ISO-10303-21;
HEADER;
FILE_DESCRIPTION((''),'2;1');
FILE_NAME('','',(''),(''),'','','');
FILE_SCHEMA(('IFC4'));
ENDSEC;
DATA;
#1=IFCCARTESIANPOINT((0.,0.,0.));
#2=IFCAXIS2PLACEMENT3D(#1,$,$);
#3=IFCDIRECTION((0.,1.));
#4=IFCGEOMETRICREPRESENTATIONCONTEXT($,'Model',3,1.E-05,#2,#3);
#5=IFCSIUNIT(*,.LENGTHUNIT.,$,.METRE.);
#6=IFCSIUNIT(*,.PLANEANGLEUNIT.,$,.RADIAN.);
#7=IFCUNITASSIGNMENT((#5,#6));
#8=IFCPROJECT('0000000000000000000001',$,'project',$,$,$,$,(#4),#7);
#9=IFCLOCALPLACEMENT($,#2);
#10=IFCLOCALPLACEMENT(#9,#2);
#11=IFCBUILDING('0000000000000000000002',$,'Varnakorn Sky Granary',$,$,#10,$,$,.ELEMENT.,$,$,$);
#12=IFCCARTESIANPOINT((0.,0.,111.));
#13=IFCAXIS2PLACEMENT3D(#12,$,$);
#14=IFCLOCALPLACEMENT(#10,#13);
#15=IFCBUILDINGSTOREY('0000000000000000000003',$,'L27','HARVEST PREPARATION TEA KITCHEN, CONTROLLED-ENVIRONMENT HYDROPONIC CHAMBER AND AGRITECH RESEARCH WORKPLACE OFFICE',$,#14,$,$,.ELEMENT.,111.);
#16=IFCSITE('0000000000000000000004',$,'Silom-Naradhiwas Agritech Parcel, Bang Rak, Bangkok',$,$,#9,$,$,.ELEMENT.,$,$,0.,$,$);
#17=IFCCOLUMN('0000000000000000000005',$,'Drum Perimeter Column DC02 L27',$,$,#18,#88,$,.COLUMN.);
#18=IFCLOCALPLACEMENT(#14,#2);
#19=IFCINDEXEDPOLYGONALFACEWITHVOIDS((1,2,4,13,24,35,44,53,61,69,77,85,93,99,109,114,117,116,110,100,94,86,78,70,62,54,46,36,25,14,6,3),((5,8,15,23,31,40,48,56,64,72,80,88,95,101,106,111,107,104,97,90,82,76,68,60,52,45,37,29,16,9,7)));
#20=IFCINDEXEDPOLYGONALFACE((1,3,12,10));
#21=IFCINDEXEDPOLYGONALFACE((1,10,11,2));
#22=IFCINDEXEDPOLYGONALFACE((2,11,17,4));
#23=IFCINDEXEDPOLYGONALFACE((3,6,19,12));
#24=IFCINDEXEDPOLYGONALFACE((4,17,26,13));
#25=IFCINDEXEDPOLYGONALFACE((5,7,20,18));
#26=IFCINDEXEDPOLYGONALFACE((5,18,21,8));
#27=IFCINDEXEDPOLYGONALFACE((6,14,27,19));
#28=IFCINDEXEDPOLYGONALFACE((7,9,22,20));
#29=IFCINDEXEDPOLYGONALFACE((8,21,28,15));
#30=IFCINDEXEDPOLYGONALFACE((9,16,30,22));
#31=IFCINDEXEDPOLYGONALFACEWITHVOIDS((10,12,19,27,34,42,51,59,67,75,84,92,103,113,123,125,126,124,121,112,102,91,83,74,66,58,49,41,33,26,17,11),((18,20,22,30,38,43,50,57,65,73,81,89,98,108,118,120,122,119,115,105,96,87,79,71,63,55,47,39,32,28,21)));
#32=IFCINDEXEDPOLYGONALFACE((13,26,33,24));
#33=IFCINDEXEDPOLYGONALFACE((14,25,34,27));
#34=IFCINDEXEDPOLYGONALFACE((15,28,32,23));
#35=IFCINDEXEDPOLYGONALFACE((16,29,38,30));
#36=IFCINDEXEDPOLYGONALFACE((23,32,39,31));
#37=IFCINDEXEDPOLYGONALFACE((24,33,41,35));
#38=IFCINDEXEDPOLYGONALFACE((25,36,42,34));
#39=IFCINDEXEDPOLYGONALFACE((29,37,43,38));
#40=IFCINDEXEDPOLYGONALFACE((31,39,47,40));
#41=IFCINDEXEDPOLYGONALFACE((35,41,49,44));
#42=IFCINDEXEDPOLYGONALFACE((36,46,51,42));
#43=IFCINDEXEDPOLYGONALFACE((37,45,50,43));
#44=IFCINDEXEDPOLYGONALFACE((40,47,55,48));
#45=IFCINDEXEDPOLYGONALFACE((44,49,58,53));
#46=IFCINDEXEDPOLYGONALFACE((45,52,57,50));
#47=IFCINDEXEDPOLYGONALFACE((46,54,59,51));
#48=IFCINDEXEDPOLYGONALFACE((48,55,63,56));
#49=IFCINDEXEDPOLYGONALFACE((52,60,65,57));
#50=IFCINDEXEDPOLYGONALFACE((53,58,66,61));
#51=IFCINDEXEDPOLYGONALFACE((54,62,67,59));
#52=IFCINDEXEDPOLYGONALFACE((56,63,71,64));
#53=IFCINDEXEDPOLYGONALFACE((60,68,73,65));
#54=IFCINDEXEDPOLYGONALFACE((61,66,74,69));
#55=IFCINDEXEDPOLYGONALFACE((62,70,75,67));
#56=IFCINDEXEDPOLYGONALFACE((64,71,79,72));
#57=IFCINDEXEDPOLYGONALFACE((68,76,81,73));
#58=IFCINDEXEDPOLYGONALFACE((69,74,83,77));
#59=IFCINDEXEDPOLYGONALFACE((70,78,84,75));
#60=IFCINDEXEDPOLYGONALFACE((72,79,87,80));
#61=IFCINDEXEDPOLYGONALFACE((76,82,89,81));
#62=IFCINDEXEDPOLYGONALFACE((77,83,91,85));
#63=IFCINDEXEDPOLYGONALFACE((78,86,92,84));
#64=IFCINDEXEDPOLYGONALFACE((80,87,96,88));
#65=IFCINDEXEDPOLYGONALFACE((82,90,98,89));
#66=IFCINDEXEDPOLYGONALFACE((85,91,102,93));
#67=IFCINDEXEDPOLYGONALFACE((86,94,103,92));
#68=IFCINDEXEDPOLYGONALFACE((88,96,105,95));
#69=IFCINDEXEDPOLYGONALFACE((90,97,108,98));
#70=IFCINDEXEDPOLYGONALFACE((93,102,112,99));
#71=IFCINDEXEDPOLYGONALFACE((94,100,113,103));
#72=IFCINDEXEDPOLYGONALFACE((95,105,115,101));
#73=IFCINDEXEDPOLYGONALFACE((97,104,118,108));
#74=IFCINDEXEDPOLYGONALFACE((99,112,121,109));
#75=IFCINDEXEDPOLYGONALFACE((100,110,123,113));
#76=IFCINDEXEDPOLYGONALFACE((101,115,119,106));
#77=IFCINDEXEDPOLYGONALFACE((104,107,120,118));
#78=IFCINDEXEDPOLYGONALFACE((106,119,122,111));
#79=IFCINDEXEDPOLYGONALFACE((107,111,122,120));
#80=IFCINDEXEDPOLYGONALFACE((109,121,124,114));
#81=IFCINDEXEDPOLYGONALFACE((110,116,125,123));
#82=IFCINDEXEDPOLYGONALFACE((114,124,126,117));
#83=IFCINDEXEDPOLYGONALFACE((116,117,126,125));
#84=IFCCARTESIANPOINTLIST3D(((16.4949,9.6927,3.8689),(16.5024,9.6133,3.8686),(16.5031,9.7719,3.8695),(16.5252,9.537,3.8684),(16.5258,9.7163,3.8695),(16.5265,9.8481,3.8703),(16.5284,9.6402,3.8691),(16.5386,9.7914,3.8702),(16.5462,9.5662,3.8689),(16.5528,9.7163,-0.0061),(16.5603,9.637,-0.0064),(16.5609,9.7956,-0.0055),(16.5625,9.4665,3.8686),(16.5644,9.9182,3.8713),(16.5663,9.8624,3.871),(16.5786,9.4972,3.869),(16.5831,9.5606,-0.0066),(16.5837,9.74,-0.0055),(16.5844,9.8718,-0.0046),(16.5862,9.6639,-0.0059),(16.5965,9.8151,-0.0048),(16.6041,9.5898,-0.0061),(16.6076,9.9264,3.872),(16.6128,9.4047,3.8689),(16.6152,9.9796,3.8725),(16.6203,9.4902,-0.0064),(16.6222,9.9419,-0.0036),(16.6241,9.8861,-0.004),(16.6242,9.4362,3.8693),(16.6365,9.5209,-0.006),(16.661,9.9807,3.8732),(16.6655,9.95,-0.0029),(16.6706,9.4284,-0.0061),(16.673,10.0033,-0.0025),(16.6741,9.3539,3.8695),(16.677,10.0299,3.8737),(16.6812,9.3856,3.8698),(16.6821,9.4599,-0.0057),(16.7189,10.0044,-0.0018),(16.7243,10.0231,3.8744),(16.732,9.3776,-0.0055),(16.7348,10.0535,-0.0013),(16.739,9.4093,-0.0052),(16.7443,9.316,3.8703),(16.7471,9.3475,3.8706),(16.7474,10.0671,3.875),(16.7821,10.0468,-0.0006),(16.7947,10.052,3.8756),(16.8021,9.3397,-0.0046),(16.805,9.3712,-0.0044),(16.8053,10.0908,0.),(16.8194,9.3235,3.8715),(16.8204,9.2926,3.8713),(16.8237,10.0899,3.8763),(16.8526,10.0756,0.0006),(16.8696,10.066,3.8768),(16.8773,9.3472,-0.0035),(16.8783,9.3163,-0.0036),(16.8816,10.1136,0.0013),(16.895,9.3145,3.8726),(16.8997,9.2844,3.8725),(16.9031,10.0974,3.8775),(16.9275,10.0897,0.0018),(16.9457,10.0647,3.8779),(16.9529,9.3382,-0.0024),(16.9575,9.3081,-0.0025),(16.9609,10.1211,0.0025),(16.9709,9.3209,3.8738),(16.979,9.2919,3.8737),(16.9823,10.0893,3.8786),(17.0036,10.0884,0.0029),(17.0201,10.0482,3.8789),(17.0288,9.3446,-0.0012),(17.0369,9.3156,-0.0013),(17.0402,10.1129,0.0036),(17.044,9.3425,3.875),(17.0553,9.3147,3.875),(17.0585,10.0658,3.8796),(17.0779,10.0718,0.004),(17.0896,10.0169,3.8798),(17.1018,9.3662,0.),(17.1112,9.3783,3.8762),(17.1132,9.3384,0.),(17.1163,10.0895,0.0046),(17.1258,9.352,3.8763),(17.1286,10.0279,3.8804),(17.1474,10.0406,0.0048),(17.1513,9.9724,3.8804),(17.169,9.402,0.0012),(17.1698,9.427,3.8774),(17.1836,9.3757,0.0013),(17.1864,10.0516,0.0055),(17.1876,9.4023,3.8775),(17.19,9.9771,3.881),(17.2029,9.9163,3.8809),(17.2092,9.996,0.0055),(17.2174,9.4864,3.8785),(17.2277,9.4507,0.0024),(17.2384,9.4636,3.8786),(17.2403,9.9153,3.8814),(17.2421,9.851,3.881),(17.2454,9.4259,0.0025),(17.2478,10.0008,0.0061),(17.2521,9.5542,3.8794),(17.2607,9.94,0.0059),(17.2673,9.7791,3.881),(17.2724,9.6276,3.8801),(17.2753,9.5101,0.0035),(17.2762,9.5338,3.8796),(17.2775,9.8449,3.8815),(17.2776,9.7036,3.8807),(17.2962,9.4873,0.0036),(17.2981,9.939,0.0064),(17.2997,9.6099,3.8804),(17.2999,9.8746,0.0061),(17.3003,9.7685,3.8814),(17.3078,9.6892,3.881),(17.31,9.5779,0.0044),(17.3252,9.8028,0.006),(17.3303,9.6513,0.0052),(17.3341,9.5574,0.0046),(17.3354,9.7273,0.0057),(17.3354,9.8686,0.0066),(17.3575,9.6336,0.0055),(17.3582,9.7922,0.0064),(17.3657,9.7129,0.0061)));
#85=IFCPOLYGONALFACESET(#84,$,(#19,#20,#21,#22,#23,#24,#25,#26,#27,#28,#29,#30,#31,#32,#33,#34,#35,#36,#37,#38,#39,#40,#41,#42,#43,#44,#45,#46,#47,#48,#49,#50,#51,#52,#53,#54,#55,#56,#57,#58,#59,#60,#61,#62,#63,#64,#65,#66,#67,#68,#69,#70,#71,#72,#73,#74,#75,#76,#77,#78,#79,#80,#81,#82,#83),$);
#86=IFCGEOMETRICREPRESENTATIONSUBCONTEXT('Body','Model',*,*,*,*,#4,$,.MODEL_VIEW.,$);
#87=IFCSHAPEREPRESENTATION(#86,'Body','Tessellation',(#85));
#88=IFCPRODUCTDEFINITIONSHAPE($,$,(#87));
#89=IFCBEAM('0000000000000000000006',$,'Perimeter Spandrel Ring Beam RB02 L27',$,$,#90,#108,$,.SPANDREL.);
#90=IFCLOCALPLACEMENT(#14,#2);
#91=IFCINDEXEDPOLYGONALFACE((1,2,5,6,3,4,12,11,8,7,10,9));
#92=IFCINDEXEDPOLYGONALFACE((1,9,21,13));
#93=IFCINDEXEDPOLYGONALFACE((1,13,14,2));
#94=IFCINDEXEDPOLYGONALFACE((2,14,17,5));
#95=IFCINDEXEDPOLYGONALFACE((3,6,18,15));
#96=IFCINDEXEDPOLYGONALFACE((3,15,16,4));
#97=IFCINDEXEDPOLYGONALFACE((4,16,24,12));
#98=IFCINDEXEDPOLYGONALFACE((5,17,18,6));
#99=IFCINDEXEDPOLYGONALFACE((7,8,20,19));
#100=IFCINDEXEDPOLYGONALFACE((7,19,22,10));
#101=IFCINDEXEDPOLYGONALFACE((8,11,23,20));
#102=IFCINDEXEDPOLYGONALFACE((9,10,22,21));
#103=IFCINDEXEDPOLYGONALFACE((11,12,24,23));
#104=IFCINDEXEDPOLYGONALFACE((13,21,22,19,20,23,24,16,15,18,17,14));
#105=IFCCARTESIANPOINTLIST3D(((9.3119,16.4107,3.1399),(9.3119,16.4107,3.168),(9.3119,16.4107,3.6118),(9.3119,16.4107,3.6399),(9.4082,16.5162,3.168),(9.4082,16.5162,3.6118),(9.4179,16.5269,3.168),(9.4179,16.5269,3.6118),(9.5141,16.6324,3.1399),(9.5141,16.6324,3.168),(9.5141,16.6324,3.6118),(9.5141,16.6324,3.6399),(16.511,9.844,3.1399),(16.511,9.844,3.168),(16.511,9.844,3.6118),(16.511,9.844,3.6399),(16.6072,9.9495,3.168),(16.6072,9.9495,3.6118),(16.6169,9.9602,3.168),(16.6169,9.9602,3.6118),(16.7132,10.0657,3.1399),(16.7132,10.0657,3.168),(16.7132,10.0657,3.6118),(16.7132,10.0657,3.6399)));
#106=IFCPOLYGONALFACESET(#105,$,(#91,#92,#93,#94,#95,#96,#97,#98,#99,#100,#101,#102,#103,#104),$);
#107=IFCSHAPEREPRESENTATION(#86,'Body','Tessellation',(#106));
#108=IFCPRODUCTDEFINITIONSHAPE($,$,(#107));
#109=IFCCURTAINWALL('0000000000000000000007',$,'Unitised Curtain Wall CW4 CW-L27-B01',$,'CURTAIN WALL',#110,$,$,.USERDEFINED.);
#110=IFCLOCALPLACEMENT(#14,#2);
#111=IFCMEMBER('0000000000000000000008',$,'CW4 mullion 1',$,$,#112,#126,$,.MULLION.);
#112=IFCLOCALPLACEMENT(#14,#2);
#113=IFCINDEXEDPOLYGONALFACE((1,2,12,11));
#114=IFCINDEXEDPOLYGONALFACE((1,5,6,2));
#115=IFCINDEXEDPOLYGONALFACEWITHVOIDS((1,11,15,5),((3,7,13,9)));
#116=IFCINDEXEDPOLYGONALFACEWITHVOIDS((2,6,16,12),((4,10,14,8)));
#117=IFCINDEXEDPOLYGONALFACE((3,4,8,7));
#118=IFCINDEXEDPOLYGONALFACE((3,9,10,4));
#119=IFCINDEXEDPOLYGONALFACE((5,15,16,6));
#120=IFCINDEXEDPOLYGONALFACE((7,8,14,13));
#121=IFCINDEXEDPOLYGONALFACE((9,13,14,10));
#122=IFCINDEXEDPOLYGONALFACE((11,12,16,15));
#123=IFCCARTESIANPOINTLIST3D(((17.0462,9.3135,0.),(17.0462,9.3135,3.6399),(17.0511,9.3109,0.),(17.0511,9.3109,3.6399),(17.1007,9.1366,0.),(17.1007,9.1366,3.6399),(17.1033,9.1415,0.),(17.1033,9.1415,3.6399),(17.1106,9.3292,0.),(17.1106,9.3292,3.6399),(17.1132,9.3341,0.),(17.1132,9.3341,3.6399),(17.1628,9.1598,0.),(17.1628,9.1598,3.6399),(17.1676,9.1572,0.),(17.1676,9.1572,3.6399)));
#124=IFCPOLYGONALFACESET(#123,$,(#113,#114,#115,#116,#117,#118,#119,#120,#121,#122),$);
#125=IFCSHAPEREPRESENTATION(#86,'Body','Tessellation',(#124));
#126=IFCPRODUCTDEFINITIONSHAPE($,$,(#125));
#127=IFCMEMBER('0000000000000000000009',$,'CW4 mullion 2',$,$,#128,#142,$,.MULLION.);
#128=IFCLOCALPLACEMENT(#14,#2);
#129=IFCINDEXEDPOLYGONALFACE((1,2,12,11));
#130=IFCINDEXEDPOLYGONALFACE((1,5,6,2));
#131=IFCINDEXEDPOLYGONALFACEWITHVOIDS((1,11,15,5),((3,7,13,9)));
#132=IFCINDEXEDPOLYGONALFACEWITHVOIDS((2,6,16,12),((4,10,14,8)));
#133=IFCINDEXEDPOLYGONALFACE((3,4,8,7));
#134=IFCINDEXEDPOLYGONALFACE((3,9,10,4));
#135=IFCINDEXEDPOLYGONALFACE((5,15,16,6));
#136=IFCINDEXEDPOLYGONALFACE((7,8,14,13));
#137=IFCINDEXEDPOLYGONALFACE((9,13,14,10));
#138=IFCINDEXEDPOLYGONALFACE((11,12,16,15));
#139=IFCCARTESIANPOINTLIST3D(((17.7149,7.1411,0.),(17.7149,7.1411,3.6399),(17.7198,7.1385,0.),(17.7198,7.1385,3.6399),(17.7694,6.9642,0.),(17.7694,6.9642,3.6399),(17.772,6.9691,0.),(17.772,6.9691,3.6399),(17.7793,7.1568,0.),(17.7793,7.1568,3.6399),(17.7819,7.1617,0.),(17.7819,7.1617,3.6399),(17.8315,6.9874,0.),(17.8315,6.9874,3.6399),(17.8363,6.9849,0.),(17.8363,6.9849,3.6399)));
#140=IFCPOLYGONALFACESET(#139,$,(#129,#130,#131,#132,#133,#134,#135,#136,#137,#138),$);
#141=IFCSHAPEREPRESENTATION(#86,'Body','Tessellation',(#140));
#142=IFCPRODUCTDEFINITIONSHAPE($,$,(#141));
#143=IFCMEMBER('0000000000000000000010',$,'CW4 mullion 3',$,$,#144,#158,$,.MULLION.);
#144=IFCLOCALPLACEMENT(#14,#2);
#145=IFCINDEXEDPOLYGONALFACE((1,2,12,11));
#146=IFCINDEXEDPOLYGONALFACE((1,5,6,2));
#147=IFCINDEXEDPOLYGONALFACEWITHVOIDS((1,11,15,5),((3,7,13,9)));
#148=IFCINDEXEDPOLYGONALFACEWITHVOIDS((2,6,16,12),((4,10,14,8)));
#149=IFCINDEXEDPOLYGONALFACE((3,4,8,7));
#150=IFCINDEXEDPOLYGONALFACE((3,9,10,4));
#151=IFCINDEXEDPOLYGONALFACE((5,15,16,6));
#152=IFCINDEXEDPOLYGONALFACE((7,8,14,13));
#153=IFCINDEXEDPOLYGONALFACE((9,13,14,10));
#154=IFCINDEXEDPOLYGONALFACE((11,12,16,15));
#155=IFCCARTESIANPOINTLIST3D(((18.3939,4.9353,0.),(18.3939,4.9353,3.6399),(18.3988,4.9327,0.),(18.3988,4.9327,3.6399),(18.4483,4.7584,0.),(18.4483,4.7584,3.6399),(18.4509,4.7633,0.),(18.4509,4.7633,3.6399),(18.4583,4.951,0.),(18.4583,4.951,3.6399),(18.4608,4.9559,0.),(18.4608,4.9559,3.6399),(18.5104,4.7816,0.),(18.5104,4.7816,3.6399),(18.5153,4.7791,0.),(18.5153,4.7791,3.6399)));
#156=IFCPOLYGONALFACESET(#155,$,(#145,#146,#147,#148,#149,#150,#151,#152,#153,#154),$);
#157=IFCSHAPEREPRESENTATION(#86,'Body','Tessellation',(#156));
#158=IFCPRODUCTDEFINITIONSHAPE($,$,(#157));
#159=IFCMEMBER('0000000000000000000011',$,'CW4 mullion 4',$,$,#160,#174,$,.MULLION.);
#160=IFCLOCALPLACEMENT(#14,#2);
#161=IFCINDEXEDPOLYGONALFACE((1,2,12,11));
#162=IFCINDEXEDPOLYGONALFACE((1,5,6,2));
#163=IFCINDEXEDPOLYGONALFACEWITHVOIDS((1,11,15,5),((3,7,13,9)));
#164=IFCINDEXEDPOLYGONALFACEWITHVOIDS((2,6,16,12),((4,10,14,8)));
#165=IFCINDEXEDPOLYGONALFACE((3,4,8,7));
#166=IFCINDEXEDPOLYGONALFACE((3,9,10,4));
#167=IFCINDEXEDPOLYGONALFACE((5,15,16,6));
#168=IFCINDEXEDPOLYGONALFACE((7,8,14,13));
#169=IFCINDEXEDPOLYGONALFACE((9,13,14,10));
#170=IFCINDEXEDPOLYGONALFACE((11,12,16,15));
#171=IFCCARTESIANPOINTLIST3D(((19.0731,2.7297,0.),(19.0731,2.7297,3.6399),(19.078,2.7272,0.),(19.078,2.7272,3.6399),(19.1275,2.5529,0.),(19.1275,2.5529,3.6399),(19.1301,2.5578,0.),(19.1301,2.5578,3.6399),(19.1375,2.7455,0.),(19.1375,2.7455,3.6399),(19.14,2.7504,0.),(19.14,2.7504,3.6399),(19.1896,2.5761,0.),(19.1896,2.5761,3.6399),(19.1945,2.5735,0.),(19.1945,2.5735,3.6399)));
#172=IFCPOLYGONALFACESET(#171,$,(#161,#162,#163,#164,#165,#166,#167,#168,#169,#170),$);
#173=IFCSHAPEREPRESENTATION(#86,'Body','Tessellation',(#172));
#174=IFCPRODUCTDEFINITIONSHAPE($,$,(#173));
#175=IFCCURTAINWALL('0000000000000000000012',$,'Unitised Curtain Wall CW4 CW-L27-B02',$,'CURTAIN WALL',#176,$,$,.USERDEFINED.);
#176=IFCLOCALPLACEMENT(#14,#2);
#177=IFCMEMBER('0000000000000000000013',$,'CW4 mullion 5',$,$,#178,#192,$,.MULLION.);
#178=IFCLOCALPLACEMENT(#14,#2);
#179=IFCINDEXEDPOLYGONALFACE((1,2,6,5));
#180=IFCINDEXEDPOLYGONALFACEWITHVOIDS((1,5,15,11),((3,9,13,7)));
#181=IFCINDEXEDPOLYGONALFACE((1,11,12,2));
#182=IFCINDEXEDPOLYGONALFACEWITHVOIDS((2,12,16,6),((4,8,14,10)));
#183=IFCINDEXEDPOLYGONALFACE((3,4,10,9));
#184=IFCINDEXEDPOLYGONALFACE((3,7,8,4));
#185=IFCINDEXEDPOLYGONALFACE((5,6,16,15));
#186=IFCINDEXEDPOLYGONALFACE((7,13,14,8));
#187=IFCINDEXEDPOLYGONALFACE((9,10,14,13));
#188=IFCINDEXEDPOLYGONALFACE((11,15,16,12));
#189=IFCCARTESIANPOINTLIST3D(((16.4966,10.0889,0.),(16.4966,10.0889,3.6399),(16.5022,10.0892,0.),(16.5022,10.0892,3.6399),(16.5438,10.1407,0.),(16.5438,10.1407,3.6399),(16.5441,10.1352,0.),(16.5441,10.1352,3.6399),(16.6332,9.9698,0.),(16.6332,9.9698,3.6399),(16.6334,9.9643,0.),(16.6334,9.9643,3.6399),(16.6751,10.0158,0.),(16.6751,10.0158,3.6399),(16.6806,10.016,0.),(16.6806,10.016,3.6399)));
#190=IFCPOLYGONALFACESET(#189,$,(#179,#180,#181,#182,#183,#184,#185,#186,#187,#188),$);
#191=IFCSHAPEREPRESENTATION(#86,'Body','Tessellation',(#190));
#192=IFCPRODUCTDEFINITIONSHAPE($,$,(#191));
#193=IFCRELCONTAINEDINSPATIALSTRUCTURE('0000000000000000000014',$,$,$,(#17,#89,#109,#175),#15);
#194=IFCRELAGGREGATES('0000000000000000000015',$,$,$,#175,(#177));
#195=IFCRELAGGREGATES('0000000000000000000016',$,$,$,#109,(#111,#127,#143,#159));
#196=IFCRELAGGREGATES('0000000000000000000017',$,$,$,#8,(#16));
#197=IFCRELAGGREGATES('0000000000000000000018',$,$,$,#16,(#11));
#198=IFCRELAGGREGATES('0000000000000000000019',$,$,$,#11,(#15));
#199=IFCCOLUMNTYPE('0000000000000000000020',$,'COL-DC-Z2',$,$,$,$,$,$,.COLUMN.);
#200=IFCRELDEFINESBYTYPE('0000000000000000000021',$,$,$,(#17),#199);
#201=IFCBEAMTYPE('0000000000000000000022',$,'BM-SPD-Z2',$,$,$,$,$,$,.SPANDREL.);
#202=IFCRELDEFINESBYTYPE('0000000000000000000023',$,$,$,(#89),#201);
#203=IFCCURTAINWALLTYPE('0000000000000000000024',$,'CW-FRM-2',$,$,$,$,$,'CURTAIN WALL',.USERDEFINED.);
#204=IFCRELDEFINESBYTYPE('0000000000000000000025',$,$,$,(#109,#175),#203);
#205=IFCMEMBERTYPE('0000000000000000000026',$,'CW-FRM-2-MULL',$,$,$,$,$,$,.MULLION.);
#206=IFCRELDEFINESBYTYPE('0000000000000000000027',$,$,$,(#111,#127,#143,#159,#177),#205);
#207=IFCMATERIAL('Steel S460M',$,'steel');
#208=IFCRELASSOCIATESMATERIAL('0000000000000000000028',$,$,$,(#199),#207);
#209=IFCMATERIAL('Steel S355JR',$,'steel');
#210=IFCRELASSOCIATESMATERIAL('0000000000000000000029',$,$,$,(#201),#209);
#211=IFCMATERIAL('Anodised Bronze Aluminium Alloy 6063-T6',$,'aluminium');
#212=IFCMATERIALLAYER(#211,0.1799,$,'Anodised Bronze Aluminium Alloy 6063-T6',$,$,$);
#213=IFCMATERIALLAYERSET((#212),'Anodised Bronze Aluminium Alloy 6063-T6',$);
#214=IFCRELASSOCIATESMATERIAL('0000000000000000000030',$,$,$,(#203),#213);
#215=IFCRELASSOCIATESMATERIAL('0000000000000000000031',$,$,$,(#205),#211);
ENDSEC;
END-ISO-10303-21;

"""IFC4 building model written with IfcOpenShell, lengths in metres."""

from ifc_helpers import new_model, si_unit, direction, frame, origin, origin_2d, place, context, subcontext, project, spatial, hollow_rectangle, hollow_circle, i_section, extrude, material, layer, layer_set, material_profile, profile_set, type_object, element, aggregate, save


model = new_model("IFC4")

# Units and contexts
model_context = context("Model", 3, precision=1e-05, world=origin(), true_north=direction((0.0, 1.0)))
body_context = subcontext(model_context, "Body", "Model", "MODEL_VIEW")
ifc_project = project(units=[si_unit("LENGTHUNIT", "METRE"), si_unit("PLANEANGLEUNIT", "RADIAN")], contexts=[model_context])

# Site, building, storey
site_placement = place(None, origin())
site = spatial("IfcSite", under=ifc_project, at=site_placement, Name="Silom-Naradhiwas Agritech Parcel, Bang Rak, Bangkok", CompositionType="ELEMENT", RefElevation=0.0)
building_placement = place(site_placement, origin())
building = spatial("IfcBuilding", under=site, at=building_placement, Name="Varnakorn Sky Granary", CompositionType="ELEMENT")
storey_placement = place(building_placement, frame((0.0, 0.0, 111.0)))
storey = spatial("IfcBuildingStorey", under=building, at=storey_placement, Name="L27", Description="HARVEST PREPARATION TEA KITCHEN, CONTROLLED-ENVIRONMENT HYDROPONIC CHAMBER AND AGRITECH RESEARCH WORKPLACE OFFICE", CompositionType="ELEMENT", Elevation=111.0)

# Column
ifc_material_1 = material(Name="Steel S460M", Category="steel")
ifc_material_profile_1 = material_profile(ifc_material_1, hollow_circle(Radius=0.4065, WallThickness=0.03, at=origin_2d()), Name="CHS 813x30")
ifc_profile_set_1 = profile_set([ifc_material_profile_1], Name="Steel S460M")
column_type = type_object("IfcColumnType", Name="COL-DC-Z2", PredefinedType="COLUMN", material=ifc_profile_set_1)
column_placement = place(storey_placement, frame((16.9592, 9.7146, 0.0), z_axis=(-0.01493, -0.006111, 0.99987), x_axis=(0.378785, -0.925485, 0.0)))
element("IfcColumn", 1, at=column_placement, inside=storey, type_object=column_type, Name="Drum Perimeter Column DC02 L27", PredefinedType="COLUMN", context=body_context, shape_type="SweptSolid", body=[
    extrude(hollow_circle(Radius=0.4065, WallThickness=0.03, at=origin_2d()), origin(), (0.0, 0.0, 1.0), 3.8755),
])

# Beam
ifc_material_2 = material(Name="Steel S355JR", Category="steel")
ifc_material_profile_2 = material_profile(ifc_material_2, i_section(OverallWidth=0.3, OverallDepth=0.5, WebThickness=0.0144, FlangeThickness=0.0281, at=origin_2d()), Name="HE 500 B")
ifc_profile_set_2 = profile_set([ifc_material_profile_2], Name="Steel S355JR")
beam_type = type_object("IfcBeamType", Name="BM-SPD-Z2", PredefinedType="SPANDREL", material=ifc_profile_set_2)
beam_placement = place(storey_placement, frame((16.6121, 9.9548, 3.3899), z_axis=(-0.738809, 0.673915, 0.0), x_axis=(-0.673915, -0.738809, 0.0)))
element("IfcBeam", 2, at=beam_placement, inside=storey, type_object=beam_type, Name="Perimeter Spandrel Ring Beam RB02 L27", PredefinedType="SPANDREL", context=body_context, shape_type="SweptSolid", body=[
    extrude(i_section(OverallWidth=0.3, OverallDepth=0.5, WebThickness=0.0144, FlangeThickness=0.0281, at=origin_2d()), origin(), (0.0, 0.0, 1.0), 9.7441),
])

# Curtain wall, members
ifc_material_3 = material(Name="Anodised Bronze Aluminium Alloy 6063-T6", Category="aluminium")
ifc_layer_1 = layer(ifc_material_3, 0.1799, Name="Anodised Bronze Aluminium Alloy 6063-T6")
ifc_layer_set_1 = layer_set([ifc_layer_1], Name="Anodised Bronze Aluminium Alloy 6063-T6")
curtain_wall_type = type_object("IfcCurtainWallType", Name="CW-FRM-2", ElementType="CURTAIN WALL", PredefinedType="USERDEFINED", material=ifc_layer_set_1)
curtain_wall_1_placement = place(storey_placement, origin())
curtain_wall_1 = element("IfcCurtainWall", 3, at=curtain_wall_1_placement, inside=storey, type_object=curtain_wall_type, Name="Unitised Curtain Wall CW4 CW-L27-B01", ObjectType="CURTAIN WALL", PredefinedType="USERDEFINED")
ifc_material_profile_3 = material_profile(ifc_material_3, hollow_rectangle(XDim=0.0701, YDim=0.1851, WallThickness=0.0039, at=origin_2d()), Name="ALU MULL 70x185")
ifc_profile_set_3 = profile_set([ifc_material_profile_3], Name="Anodised Bronze Aluminium Alloy 6063-T6")
member_type_1 = type_object("IfcMemberType", Name="CW-FRM-2-MULL", PredefinedType="MULLION", material=ifc_profile_set_3)
member_1_placement = place(storey_placement, frame((17.1069, 9.2354, 0.0), z_axis=(0.0, 0.0, 1.0), x_axis=(0.955738, 0.294221, 0.0)))
member_1 = element("IfcMember", 4, at=member_1_placement, type_object=member_type_1, Name="CW4 mullion 1", PredefinedType="MULLION", context=body_context, shape_type="SweptSolid", body=[
    extrude(hollow_rectangle(XDim=0.0701, YDim=0.1851, WallThickness=0.0039, at=origin_2d()), origin(), (0.0, 0.0, 1.0), 3.6399),
])
member_2_placement = place(storey_placement, frame((17.7756, 7.063, 0.0), z_axis=(0.0, 0.0, 1.0), x_axis=(0.955738, 0.294221, 0.0)))
member_2 = element("IfcMember", 5, at=member_2_placement, type_object=member_type_1, Name="CW4 mullion 2", PredefinedType="MULLION", context=body_context, shape_type="SweptSolid", body=[
    extrude(hollow_rectangle(XDim=0.0701, YDim=0.1851, WallThickness=0.0039, at=origin_2d()), origin(), (0.0, 0.0, 1.0), 3.6399),
])
member_3_placement = place(storey_placement, frame((18.4546, 4.8572, 0.0), z_axis=(0.0, 0.0, 1.0), x_axis=(0.955738, 0.294221, 0.0)))
member_3 = element("IfcMember", 6, at=member_3_placement, type_object=member_type_1, Name="CW4 mullion 3", PredefinedType="MULLION", context=body_context, shape_type="SweptSolid", body=[
    extrude(hollow_rectangle(XDim=0.0701, YDim=0.1851, WallThickness=0.0039, at=origin_2d()), origin(), (0.0, 0.0, 1.0), 3.6399),
])
member_4_placement = place(storey_placement, frame((19.1338, 2.6516, 0.0), z_axis=(0.0, 0.0, 1.0), x_axis=(0.955738, 0.294221, 0.0)))
member_4 = element("IfcMember", 7, at=member_4_placement, type_object=member_type_1, Name="CW4 mullion 4", PredefinedType="MULLION", context=body_context, shape_type="SweptSolid", body=[
    extrude(hollow_rectangle(XDim=0.0701, YDim=0.1851, WallThickness=0.0039, at=origin_2d()), origin(), (0.0, 0.0, 1.0), 3.6399),
])

# Curtain wall, member
curtain_wall_2_placement = place(storey_placement, origin())
curtain_wall_2 = element("IfcCurtainWall", 8, at=curtain_wall_2_placement, inside=storey, type_object=curtain_wall_type, Name="Unitised Curtain Wall CW4 CW-L27-B02", ObjectType="CURTAIN WALL", PredefinedType="USERDEFINED")
member_5_placement = place(storey_placement, frame((16.5886, 10.0525, 0.0), z_axis=(0.0, 0.0, 1.0), x_axis=(0.673654, 0.739047, 0.0)))
member_5 = element("IfcMember", 9, at=member_5_placement, type_object=member_type_1, Name="CW4 mullion 5", PredefinedType="MULLION", context=body_context, shape_type="SweptSolid", body=[
    extrude(hollow_rectangle(XDim=0.0701, YDim=0.1851, WallThickness=0.0039, at=origin_2d()), origin(), (0.0, 0.0, 1.0), 3.6399),
])
aggregate(curtain_wall_2, [member_5])

aggregate(curtain_wall_1, [member_1, member_2, member_3, member_4])

save(model, "model.ifc")
